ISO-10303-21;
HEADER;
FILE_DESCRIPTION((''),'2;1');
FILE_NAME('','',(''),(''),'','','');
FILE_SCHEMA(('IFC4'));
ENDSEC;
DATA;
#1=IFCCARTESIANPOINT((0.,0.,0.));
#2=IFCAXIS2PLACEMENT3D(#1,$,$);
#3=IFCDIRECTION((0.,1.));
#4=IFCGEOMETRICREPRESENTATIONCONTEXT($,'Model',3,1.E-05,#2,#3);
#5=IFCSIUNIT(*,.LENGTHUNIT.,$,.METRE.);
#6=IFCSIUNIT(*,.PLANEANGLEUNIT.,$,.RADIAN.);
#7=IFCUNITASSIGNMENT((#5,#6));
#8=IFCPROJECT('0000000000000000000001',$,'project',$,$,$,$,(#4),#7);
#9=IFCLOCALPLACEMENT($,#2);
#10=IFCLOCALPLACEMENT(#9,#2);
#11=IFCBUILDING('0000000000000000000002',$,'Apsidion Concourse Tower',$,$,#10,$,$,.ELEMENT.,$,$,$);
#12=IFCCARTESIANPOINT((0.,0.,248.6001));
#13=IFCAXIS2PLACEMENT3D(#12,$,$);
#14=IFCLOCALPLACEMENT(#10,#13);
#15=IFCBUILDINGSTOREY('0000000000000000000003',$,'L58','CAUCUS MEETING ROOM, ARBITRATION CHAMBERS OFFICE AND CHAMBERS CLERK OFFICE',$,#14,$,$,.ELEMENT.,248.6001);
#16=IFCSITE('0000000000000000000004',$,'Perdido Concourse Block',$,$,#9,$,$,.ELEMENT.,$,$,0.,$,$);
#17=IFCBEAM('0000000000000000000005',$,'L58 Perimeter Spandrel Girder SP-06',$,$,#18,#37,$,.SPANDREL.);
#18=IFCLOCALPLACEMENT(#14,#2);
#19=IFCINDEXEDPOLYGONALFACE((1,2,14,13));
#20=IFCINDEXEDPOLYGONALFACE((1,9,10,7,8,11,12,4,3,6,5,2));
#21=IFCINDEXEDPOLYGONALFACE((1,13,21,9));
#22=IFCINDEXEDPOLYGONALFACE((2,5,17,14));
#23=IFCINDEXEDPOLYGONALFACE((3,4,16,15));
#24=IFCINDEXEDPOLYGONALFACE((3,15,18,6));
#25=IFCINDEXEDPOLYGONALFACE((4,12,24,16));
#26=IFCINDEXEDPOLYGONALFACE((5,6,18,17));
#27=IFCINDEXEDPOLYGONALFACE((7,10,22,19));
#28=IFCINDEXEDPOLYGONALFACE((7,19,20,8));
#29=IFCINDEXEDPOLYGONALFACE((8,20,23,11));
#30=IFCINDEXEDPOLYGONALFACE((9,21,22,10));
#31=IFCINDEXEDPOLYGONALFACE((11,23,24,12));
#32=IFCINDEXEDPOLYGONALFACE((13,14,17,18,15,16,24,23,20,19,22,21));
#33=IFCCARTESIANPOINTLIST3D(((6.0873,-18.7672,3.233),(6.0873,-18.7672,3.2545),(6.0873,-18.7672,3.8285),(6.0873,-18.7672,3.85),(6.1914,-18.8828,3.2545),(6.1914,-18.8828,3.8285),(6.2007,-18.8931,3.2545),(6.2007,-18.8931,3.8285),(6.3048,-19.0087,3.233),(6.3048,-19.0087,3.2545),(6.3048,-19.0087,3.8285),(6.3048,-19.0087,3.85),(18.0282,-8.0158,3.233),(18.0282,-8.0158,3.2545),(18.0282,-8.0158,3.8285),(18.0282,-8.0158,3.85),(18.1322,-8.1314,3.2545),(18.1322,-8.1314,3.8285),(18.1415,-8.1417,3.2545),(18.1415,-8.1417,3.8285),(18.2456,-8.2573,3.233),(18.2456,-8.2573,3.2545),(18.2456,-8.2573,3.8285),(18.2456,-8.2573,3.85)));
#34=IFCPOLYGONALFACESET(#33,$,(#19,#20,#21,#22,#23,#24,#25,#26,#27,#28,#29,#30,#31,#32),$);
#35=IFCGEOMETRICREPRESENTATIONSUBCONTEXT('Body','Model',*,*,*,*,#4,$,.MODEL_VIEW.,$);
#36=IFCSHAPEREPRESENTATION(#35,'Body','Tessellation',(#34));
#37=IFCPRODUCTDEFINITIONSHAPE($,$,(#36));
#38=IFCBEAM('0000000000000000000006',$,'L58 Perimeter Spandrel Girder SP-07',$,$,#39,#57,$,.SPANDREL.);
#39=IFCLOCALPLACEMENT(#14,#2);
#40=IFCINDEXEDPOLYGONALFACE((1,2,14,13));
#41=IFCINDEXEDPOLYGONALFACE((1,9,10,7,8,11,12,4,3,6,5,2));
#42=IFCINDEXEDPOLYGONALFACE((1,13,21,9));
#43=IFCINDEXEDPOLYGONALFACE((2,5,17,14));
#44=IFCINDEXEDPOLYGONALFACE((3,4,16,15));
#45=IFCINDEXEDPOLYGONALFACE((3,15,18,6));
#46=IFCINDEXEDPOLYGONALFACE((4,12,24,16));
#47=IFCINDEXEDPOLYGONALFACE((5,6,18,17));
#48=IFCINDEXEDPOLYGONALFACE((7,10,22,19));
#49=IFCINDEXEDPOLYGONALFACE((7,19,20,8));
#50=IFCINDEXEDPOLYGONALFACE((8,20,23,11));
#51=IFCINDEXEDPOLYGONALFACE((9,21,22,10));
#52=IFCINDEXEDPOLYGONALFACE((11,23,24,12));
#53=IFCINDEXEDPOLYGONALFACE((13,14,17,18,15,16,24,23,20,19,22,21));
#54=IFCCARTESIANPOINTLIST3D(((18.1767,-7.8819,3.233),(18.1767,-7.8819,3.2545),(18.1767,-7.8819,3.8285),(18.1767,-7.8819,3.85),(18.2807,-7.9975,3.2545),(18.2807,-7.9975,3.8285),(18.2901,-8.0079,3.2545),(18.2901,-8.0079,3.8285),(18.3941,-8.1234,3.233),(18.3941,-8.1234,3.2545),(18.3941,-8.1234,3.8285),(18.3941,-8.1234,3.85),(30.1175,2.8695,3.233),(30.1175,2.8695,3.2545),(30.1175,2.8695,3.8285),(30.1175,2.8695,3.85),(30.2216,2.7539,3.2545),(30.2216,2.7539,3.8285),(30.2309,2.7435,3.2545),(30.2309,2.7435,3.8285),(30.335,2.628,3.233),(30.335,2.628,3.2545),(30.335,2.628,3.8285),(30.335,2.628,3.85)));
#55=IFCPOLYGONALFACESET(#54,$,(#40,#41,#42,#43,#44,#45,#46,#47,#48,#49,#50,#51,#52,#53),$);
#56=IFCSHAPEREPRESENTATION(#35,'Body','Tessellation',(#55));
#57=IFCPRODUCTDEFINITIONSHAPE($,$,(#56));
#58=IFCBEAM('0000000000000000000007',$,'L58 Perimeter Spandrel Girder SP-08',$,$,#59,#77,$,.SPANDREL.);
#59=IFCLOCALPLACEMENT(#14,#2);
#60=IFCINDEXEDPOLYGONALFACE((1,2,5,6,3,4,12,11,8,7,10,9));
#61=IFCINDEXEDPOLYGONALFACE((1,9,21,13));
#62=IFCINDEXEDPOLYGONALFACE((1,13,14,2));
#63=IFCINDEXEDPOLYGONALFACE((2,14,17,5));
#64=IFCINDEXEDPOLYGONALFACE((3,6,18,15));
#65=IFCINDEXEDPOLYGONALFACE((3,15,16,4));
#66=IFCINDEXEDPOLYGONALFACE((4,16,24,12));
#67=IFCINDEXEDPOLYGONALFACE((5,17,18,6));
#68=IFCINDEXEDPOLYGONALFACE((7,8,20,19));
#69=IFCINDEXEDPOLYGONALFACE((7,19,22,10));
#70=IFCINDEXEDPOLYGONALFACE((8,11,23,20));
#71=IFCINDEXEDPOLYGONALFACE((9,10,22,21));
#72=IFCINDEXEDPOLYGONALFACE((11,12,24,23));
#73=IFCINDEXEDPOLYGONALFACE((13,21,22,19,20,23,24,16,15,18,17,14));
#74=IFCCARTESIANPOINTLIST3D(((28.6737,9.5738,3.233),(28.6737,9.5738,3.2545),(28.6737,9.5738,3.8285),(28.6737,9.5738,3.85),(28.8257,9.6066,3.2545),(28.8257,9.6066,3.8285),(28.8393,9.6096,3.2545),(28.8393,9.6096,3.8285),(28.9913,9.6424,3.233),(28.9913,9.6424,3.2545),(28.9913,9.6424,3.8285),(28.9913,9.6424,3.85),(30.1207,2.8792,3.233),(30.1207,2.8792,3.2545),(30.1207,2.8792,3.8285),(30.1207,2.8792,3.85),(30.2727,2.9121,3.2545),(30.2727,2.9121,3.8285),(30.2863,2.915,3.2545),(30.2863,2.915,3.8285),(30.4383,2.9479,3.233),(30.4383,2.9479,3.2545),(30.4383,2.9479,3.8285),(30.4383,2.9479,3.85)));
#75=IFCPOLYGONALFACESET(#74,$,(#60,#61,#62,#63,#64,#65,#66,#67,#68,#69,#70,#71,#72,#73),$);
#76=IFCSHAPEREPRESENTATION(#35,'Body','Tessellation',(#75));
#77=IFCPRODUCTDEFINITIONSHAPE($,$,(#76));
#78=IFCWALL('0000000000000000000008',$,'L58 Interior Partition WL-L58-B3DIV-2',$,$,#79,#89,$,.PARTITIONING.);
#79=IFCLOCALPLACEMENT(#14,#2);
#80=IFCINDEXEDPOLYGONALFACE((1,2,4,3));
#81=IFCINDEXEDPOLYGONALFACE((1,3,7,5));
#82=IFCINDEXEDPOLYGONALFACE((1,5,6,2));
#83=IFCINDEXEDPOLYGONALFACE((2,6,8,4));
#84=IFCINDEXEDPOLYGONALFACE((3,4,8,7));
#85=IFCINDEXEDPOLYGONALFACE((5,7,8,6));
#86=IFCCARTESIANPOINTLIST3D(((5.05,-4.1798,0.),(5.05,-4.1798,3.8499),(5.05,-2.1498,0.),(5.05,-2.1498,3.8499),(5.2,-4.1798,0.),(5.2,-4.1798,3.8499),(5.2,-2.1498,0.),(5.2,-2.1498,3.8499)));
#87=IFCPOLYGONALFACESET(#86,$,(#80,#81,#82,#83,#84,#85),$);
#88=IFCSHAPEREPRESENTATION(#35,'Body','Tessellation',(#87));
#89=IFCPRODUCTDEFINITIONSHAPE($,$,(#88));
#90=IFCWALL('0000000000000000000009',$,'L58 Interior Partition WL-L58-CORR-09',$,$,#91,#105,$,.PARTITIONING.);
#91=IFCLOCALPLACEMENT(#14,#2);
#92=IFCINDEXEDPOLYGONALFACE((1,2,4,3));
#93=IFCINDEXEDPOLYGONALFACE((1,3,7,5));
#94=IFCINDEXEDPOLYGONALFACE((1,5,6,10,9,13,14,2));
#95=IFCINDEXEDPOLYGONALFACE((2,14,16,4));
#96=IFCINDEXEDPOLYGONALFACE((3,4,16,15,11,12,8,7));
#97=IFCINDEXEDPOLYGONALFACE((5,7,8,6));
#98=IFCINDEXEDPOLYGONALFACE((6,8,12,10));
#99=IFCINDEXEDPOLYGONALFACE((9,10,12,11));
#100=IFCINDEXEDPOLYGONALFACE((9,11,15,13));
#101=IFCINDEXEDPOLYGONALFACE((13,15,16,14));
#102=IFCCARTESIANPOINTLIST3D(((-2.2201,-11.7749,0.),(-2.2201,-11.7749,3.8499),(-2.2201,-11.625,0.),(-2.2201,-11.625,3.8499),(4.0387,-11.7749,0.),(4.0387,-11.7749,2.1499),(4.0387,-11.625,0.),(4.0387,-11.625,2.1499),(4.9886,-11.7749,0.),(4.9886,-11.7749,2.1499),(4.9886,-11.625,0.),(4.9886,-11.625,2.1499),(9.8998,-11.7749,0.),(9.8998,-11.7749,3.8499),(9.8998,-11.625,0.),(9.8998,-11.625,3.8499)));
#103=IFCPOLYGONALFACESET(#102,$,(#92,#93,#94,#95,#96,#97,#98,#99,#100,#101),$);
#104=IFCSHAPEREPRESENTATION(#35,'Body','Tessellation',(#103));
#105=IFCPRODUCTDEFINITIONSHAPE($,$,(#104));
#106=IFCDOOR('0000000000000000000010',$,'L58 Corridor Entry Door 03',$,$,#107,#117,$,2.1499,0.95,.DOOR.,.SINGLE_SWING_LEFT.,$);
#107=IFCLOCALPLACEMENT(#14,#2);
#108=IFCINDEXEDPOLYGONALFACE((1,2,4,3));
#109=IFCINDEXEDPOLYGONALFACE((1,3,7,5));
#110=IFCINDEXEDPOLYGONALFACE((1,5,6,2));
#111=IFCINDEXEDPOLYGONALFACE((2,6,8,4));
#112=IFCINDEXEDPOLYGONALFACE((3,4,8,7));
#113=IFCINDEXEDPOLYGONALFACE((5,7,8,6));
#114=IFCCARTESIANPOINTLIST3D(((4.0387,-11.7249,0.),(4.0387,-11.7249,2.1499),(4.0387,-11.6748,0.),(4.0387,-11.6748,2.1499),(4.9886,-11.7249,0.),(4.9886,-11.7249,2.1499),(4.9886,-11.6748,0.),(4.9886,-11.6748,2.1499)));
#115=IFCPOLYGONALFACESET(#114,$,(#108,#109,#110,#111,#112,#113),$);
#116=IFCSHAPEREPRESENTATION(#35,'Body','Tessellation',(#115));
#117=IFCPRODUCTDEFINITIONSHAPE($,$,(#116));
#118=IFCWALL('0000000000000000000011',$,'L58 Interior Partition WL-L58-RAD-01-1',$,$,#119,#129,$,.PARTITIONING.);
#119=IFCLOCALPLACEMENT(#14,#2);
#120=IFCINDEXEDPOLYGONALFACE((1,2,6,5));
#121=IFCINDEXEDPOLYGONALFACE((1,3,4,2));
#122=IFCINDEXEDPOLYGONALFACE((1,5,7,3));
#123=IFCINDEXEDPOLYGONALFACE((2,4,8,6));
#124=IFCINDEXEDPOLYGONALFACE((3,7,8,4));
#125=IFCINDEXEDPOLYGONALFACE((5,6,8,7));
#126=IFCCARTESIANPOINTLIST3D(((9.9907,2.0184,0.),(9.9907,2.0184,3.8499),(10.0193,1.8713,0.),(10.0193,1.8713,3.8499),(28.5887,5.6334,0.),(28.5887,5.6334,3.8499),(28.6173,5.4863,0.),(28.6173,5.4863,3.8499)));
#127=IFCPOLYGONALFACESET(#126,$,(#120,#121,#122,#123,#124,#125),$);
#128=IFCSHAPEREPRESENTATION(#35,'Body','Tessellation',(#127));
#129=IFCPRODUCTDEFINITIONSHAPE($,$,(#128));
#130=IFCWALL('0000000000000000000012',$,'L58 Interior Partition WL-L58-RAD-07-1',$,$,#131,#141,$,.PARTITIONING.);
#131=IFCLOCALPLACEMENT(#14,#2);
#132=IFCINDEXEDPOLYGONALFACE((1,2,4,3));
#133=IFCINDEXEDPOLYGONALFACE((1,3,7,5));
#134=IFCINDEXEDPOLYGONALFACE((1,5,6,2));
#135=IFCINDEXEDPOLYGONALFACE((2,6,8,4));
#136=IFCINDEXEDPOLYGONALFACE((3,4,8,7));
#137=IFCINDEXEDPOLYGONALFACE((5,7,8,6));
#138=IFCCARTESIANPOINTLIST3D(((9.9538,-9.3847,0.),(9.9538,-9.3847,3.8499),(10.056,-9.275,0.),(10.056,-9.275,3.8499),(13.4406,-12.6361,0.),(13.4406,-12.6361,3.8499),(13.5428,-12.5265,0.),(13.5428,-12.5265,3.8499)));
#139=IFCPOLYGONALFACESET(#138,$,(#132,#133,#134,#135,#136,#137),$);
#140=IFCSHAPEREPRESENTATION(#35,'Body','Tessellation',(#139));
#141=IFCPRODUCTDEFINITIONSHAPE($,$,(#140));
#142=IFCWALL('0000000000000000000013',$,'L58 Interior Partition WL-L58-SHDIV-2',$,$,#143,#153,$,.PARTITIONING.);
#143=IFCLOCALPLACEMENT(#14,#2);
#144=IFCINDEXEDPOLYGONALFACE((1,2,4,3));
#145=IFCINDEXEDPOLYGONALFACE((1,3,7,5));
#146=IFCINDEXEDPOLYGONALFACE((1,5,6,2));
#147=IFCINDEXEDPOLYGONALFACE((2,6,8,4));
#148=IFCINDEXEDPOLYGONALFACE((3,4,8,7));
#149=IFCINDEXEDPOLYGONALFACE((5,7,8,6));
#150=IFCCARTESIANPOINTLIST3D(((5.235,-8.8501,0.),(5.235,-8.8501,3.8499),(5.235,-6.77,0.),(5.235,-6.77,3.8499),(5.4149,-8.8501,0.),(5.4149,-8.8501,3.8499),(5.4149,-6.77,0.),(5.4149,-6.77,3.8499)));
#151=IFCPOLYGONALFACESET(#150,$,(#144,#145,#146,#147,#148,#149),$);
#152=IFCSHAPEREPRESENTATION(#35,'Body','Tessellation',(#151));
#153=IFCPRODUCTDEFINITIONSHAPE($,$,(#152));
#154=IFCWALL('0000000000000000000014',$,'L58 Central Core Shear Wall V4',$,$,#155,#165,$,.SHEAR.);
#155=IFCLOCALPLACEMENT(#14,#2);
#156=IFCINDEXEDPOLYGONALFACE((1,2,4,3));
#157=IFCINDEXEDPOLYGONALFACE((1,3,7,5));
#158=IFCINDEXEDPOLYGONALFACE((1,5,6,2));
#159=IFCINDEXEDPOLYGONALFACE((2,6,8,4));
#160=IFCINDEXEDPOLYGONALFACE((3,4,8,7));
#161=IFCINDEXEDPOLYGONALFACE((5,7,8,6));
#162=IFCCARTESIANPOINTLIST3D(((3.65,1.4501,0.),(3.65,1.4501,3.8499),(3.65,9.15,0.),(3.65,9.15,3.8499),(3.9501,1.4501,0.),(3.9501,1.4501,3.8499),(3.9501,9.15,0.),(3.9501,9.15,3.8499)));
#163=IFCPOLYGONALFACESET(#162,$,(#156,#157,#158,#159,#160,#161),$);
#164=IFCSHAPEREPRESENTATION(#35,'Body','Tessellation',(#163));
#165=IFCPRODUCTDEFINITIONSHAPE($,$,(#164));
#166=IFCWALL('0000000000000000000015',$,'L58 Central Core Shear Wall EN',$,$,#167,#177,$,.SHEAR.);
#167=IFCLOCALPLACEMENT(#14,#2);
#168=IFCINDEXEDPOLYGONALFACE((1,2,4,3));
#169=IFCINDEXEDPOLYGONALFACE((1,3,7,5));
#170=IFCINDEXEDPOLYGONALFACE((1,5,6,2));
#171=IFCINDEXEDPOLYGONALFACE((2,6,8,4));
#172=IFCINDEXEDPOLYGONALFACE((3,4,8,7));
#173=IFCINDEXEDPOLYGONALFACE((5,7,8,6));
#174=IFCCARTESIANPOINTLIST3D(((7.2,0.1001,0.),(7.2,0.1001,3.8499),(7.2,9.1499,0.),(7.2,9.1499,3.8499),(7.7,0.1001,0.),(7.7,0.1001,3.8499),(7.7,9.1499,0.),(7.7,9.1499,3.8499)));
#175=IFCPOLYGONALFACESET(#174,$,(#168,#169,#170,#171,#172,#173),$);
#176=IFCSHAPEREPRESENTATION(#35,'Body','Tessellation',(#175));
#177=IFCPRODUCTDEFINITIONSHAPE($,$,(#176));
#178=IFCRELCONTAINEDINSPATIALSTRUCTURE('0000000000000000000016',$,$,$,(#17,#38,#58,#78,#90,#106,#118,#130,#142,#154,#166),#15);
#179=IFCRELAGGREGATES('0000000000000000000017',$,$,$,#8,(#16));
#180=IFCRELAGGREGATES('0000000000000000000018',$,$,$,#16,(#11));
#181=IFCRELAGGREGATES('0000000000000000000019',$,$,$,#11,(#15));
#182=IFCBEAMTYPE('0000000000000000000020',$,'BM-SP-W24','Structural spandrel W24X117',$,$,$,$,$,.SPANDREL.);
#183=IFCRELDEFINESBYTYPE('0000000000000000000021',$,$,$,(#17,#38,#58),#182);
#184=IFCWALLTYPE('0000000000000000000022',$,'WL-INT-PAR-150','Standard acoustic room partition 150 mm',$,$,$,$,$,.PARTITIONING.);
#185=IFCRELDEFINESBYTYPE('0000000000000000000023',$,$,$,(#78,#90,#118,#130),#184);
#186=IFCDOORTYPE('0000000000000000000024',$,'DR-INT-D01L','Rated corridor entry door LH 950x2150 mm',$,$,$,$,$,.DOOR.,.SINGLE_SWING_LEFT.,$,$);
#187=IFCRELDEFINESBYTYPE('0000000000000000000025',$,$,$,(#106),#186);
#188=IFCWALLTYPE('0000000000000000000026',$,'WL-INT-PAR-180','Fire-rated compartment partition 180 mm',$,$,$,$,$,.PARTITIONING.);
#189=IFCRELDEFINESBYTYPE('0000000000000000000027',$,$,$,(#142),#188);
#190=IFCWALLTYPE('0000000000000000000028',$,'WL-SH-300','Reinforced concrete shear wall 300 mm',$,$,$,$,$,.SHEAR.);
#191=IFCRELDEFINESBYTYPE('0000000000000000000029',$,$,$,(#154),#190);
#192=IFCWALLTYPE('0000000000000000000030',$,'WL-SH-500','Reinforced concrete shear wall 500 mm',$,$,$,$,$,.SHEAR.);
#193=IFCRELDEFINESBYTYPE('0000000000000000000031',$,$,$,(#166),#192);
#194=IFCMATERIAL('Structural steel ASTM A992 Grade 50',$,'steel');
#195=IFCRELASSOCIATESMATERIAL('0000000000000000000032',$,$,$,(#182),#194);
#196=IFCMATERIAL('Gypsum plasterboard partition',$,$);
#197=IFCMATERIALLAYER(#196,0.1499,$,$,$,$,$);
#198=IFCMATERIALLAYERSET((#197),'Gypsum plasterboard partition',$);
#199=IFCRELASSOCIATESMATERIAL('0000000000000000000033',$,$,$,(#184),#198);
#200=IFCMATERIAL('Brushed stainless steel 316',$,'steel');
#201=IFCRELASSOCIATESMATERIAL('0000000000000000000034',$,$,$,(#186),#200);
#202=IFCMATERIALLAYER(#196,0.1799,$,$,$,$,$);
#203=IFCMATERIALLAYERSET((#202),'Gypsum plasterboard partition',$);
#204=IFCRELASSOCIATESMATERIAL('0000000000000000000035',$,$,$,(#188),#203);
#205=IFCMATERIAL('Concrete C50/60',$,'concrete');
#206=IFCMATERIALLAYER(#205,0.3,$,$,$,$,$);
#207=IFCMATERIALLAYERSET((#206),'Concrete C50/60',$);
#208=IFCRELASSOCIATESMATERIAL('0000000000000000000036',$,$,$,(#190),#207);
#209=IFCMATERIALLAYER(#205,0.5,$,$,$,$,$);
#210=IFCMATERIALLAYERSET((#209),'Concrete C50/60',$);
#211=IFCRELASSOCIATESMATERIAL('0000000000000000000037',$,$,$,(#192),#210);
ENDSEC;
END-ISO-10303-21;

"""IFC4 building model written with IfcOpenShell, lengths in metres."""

from ifc_helpers import new_model, si_unit, direction, frame, frame_2d, origin, origin_2d, place, context, subcontext, project, spatial, rectangle, i_section, extrude, material, layer, layer_set, material_profile, profile_set, type_object, element, fill, save


model = new_model("IFC4")

# Units and contexts
model_context = context("Model", 3, precision=1e-05, world=origin(), true_north=direction((0.0, 1.0)))
body_context = subcontext(model_context, "Body", "Model", "MODEL_VIEW")
ifc_project = project(units=[si_unit("LENGTHUNIT", "METRE"), si_unit("PLANEANGLEUNIT", "RADIAN")], contexts=[model_context])

# Site, building, storey
site_placement = place(None, origin())
site = spatial("IfcSite", under=ifc_project, at=site_placement, Name="Perdido Concourse Block", CompositionType="ELEMENT", RefElevation=0.0)
building_placement = place(site_placement, origin())
building = spatial("IfcBuilding", under=site, at=building_placement, Name="Apsidion Concourse Tower", CompositionType="ELEMENT")
storey_placement = place(building_placement, frame((0.0, 0.0, 248.6001)))
storey = spatial("IfcBuildingStorey", under=building, at=storey_placement, Name="L58", Description="CAUCUS MEETING ROOM, ARBITRATION CHAMBERS OFFICE AND CHAMBERS CLERK OFFICE", CompositionType="ELEMENT", Elevation=248.6001)

# Shared definitions
ifc_material_1 = material(Name="Concrete C50/60", Category="concrete")
ifc_material_2 = material(Name="Structural steel ASTM A992 Grade 50", Category="steel")

# Beams
ifc_material_profile_1 = material_profile(ifc_material_2, i_section(OverallWidth=0.325, OverallDepth=0.6169, WebThickness=0.0139, FlangeThickness=0.0215, at=origin_2d()), Name="W24X117")
ifc_profile_set_1 = profile_set([ifc_material_profile_1], Name="Structural steel ASTM A992 Grade 50")
beam_type_1 = type_object("IfcBeamType", Name="BM-SP-W24", Description="Structural spandrel W24X117", PredefinedType="SPANDREL", material=ifc_profile_set_1)
for number, where, z_axis, x_axis, name in (
    (1, (6.196, -18.8879, 3.5415), (0.743151, 0.669124, 0.0), (-0.669124, 0.743151, 0.0), "L58 Perimeter Spandrel Girder SP-06"),
    (2, (18.2854, -8.0027, 3.5415), (0.743151, 0.669124, 0.0), (-0.669124, 0.743151, 0.0), "L58 Perimeter Spandrel Girder SP-07"),
):
    element("IfcBeam", number, at=place(storey_placement, frame(where, z_axis=z_axis, x_axis=x_axis)), inside=storey, type_object=beam_type_1, Name=name, PredefinedType="SPANDREL", context=body_context, shape_type="SweptSolid", body=[
        extrude(i_section(OverallWidth=0.325, OverallDepth=0.6169, WebThickness=0.0139, FlangeThickness=0.0215, at=origin_2d()), origin(), (0.0, 0.0, 1.0), 16.0679),
    ])
beam_1_placement = place(storey_placement, frame((30.2795, 2.9136, 3.5415), z_axis=(-0.211269, 0.977428, 0.0), x_axis=(-0.977428, -0.211269, 0.0)))
element("IfcBeam", 3, at=beam_1_placement, inside=storey, type_object=beam_type_1, Name="L58 Perimeter Spandrel Girder SP-08", PredefinedType="SPANDREL", context=body_context, shape_type="SweptSolid", body=[
    extrude(i_section(OverallWidth=0.325, OverallDepth=0.6169, WebThickness=0.0139, FlangeThickness=0.0215, at=origin_2d()), origin(), (0.0, 0.0, 1.0), 6.8491),
])

# Wall
ifc_material_3 = material(Name="Gypsum plasterboard partition")
ifc_layer_1 = layer(ifc_material_3, 0.1499)
ifc_layer_set_1 = layer_set([ifc_layer_1], Name="Gypsum plasterboard partition")
wall_type_1 = type_object("IfcWallType", Name="WL-INT-PAR-150", Description="Standard acoustic room partition 150 mm", PredefinedType="PARTITIONING", material=ifc_layer_set_1)
wall_1_placement = place(storey_placement, frame((5.125, -4.1799, 0.0), z_axis=(0.0, 0.0, 1.0), x_axis=(0.0, 1.0, 0.0)))
element("IfcWall", 4, at=wall_1_placement, inside=storey, type_object=wall_type_1, Name="L58 Interior Partition WL-L58-B3DIV-2", PredefinedType="PARTITIONING", context=body_context, shape_type="SweptSolid", body=[
    extrude(rectangle(XDim=2.03, YDim=0.1499, at=frame_2d((1.0151, 0.0))), origin(), (0.0, 0.0, 1.0), 3.8499),
])

# Wall, opening, door
wall_2_placement = place(storey_placement, frame((9.8999, -11.7, 0.0), z_axis=(0.0, 0.0, 1.0), x_axis=(-1.0, 0.0, 0.0)))
wall_2 = element("IfcWall", 5, at=wall_2_placement, inside=storey, type_object=wall_type_1, Name="L58 Interior Partition WL-L58-CORR-09", PredefinedType="PARTITIONING", context=body_context, shape_type="SweptSolid", body=[
    extrude(rectangle(XDim=12.1199, YDim=0.1499, at=frame_2d((6.0601, 0.0))), origin(), (0.0, 0.0, 1.0), 3.8499),
])
opening_1_placement = place(wall_2_placement, frame((4.9111, 0.0, 0.0)))
opening_1 = element("IfcOpeningElement", 6, at=opening_1_placement, cuts=wall_2, PredefinedType="OPENING", context=body_context, shape_type="SweptSolid", body=[
    extrude(rectangle(XDim=0.95, YDim=2.1499, at=frame_2d((0.4751, 1.075))), frame((0.0, 0.085, 0.0), z_axis=(0.0, -1.0, 0.0), x_axis=(1.0, 0.0, 0.0)), (0.0, 0.0, 1.0), 0.1699),
])
ifc_material_4 = material(Name="Brushed stainless steel 316", Category="steel")
door_type_1 = type_object("IfcDoorType", Name="DR-INT-D01L", Description="Rated corridor entry door LH 950x2150 mm", OperationType="SINGLE_SWING_LEFT", PredefinedType="DOOR", material=ifc_material_4)
door_1_placement = place(opening_1_placement, origin())
door_1 = element("IfcDoor", 7, at=door_1_placement, inside=storey, type_object=door_type_1, Name="L58 Corridor Entry Door 03", OperationType="SINGLE_SWING_LEFT", OverallHeight=2.1499, OverallWidth=0.95, PredefinedType="DOOR", context=body_context, shape_type="SweptSolid", body=[
    extrude(rectangle(XDim=0.95, YDim=2.1499, at=frame_2d((0.4751, 1.075))), frame((0.0, 0.0249, 0.0), z_axis=(0.0, -1.0, 0.0), x_axis=(1.0, 0.0, 0.0)), (0.0, 0.0, 1.0), 0.05),
])
fill(opening_1, door_1)

# Walls
wall_3_placement = place(storey_placement, frame((10.0049, 1.9448, 0.0), z_axis=(0.0, 0.0, 1.0), x_axis=(0.981628, 0.190805, 0.0)))
element("IfcWall", 8, at=wall_3_placement, inside=storey, type_object=wall_type_1, Name="L58 Interior Partition WL-L58-RAD-01-1", PredefinedType="PARTITIONING", context=body_context, shape_type="SweptSolid", body=[
    extrude(rectangle(XDim=18.946, YDim=0.1499, at=frame_2d((9.4731, 0.0))), origin(), (0.0, 0.0, 1.0), 3.8499),
])
wall_4_placement = place(storey_placement, frame((10.0049, -9.3298, 0.0), z_axis=(0.0, 0.0, 1.0), x_axis=(0.731358, -0.681993, 0.0)))
element("IfcWall", 9, at=wall_4_placement, inside=storey, type_object=wall_type_1, Name="L58 Interior Partition WL-L58-RAD-07-1", PredefinedType="PARTITIONING", context=body_context, shape_type="SweptSolid", body=[
    extrude(rectangle(XDim=4.7676, YDim=0.1499, at=frame_2d((2.3838, 0.0))), origin(), (0.0, 0.0, 1.0), 3.8499),
])
ifc_layer_2 = layer(ifc_material_3, 0.1799)
ifc_layer_set_2 = layer_set([ifc_layer_2], Name="Gypsum plasterboard partition")
wall_type_2 = type_object("IfcWallType", Name="WL-INT-PAR-180", Description="Fire-rated compartment partition 180 mm", PredefinedType="PARTITIONING", material=ifc_layer_set_2)
wall_5_placement = place(storey_placement, frame((5.325, -8.8501, 0.0), z_axis=(0.0, 0.0, 1.0), x_axis=(0.0, 1.0, 0.0)))
element("IfcWall", 10, at=wall_5_placement, inside=storey, type_object=wall_type_2, Name="L58 Interior Partition WL-L58-SHDIV-2", PredefinedType="PARTITIONING", context=body_context, shape_type="SweptSolid", body=[
    extrude(rectangle(XDim=2.0801, YDim=0.1799, at=frame_2d((1.04, 0.0))), origin(), (0.0, 0.0, 1.0), 3.8499),
])
ifc_layer_3 = layer(ifc_material_1, 0.3)
ifc_layer_set_3 = layer_set([ifc_layer_3], Name="Concrete C50/60")
wall_type_3 = type_object("IfcWallType", Name="WL-SH-300", Description="Reinforced concrete shear wall 300 mm", PredefinedType="SHEAR", material=ifc_layer_set_3)
wall_6_placement = place(storey_placement, frame((3.8, 1.45, 0.0), z_axis=(0.0, 0.0, 1.0), x_axis=(0.0, 1.0, 0.0)))
element("IfcWall", 11, at=wall_6_placement, inside=storey, type_object=wall_type_3, Name="L58 Central Core Shear Wall V4", PredefinedType="SHEAR", context=body_context, shape_type="SweptSolid", body=[
    extrude(rectangle(XDim=7.7, YDim=0.3, at=frame_2d((3.8501, 0.0))), origin(), (0.0, 0.0, 1.0), 3.8499),
])
ifc_layer_4 = layer(ifc_material_1, 0.5)
ifc_layer_set_4 = layer_set([ifc_layer_4], Name="Concrete C50/60")
wall_type_4 = type_object("IfcWallType", Name="WL-SH-500", Description="Reinforced concrete shear wall 500 mm", PredefinedType="SHEAR", material=ifc_layer_set_4)
wall_7_placement = place(storey_placement, frame((7.45, 0.1001, 0.0), z_axis=(0.0, 0.0, 1.0), x_axis=(0.0, 1.0, 0.0)))
element("IfcWall", 12, at=wall_7_placement, inside=storey, type_object=wall_type_4, Name="L58 Central Core Shear Wall EN", PredefinedType="SHEAR", context=body_context, shape_type="SweptSolid", body=[
    extrude(rectangle(XDim=9.0498, YDim=0.5, at=frame_2d((4.5249, 0.0))), origin(), (0.0, 0.0, 1.0), 3.8499),
])

save(model, "model.ifc")
